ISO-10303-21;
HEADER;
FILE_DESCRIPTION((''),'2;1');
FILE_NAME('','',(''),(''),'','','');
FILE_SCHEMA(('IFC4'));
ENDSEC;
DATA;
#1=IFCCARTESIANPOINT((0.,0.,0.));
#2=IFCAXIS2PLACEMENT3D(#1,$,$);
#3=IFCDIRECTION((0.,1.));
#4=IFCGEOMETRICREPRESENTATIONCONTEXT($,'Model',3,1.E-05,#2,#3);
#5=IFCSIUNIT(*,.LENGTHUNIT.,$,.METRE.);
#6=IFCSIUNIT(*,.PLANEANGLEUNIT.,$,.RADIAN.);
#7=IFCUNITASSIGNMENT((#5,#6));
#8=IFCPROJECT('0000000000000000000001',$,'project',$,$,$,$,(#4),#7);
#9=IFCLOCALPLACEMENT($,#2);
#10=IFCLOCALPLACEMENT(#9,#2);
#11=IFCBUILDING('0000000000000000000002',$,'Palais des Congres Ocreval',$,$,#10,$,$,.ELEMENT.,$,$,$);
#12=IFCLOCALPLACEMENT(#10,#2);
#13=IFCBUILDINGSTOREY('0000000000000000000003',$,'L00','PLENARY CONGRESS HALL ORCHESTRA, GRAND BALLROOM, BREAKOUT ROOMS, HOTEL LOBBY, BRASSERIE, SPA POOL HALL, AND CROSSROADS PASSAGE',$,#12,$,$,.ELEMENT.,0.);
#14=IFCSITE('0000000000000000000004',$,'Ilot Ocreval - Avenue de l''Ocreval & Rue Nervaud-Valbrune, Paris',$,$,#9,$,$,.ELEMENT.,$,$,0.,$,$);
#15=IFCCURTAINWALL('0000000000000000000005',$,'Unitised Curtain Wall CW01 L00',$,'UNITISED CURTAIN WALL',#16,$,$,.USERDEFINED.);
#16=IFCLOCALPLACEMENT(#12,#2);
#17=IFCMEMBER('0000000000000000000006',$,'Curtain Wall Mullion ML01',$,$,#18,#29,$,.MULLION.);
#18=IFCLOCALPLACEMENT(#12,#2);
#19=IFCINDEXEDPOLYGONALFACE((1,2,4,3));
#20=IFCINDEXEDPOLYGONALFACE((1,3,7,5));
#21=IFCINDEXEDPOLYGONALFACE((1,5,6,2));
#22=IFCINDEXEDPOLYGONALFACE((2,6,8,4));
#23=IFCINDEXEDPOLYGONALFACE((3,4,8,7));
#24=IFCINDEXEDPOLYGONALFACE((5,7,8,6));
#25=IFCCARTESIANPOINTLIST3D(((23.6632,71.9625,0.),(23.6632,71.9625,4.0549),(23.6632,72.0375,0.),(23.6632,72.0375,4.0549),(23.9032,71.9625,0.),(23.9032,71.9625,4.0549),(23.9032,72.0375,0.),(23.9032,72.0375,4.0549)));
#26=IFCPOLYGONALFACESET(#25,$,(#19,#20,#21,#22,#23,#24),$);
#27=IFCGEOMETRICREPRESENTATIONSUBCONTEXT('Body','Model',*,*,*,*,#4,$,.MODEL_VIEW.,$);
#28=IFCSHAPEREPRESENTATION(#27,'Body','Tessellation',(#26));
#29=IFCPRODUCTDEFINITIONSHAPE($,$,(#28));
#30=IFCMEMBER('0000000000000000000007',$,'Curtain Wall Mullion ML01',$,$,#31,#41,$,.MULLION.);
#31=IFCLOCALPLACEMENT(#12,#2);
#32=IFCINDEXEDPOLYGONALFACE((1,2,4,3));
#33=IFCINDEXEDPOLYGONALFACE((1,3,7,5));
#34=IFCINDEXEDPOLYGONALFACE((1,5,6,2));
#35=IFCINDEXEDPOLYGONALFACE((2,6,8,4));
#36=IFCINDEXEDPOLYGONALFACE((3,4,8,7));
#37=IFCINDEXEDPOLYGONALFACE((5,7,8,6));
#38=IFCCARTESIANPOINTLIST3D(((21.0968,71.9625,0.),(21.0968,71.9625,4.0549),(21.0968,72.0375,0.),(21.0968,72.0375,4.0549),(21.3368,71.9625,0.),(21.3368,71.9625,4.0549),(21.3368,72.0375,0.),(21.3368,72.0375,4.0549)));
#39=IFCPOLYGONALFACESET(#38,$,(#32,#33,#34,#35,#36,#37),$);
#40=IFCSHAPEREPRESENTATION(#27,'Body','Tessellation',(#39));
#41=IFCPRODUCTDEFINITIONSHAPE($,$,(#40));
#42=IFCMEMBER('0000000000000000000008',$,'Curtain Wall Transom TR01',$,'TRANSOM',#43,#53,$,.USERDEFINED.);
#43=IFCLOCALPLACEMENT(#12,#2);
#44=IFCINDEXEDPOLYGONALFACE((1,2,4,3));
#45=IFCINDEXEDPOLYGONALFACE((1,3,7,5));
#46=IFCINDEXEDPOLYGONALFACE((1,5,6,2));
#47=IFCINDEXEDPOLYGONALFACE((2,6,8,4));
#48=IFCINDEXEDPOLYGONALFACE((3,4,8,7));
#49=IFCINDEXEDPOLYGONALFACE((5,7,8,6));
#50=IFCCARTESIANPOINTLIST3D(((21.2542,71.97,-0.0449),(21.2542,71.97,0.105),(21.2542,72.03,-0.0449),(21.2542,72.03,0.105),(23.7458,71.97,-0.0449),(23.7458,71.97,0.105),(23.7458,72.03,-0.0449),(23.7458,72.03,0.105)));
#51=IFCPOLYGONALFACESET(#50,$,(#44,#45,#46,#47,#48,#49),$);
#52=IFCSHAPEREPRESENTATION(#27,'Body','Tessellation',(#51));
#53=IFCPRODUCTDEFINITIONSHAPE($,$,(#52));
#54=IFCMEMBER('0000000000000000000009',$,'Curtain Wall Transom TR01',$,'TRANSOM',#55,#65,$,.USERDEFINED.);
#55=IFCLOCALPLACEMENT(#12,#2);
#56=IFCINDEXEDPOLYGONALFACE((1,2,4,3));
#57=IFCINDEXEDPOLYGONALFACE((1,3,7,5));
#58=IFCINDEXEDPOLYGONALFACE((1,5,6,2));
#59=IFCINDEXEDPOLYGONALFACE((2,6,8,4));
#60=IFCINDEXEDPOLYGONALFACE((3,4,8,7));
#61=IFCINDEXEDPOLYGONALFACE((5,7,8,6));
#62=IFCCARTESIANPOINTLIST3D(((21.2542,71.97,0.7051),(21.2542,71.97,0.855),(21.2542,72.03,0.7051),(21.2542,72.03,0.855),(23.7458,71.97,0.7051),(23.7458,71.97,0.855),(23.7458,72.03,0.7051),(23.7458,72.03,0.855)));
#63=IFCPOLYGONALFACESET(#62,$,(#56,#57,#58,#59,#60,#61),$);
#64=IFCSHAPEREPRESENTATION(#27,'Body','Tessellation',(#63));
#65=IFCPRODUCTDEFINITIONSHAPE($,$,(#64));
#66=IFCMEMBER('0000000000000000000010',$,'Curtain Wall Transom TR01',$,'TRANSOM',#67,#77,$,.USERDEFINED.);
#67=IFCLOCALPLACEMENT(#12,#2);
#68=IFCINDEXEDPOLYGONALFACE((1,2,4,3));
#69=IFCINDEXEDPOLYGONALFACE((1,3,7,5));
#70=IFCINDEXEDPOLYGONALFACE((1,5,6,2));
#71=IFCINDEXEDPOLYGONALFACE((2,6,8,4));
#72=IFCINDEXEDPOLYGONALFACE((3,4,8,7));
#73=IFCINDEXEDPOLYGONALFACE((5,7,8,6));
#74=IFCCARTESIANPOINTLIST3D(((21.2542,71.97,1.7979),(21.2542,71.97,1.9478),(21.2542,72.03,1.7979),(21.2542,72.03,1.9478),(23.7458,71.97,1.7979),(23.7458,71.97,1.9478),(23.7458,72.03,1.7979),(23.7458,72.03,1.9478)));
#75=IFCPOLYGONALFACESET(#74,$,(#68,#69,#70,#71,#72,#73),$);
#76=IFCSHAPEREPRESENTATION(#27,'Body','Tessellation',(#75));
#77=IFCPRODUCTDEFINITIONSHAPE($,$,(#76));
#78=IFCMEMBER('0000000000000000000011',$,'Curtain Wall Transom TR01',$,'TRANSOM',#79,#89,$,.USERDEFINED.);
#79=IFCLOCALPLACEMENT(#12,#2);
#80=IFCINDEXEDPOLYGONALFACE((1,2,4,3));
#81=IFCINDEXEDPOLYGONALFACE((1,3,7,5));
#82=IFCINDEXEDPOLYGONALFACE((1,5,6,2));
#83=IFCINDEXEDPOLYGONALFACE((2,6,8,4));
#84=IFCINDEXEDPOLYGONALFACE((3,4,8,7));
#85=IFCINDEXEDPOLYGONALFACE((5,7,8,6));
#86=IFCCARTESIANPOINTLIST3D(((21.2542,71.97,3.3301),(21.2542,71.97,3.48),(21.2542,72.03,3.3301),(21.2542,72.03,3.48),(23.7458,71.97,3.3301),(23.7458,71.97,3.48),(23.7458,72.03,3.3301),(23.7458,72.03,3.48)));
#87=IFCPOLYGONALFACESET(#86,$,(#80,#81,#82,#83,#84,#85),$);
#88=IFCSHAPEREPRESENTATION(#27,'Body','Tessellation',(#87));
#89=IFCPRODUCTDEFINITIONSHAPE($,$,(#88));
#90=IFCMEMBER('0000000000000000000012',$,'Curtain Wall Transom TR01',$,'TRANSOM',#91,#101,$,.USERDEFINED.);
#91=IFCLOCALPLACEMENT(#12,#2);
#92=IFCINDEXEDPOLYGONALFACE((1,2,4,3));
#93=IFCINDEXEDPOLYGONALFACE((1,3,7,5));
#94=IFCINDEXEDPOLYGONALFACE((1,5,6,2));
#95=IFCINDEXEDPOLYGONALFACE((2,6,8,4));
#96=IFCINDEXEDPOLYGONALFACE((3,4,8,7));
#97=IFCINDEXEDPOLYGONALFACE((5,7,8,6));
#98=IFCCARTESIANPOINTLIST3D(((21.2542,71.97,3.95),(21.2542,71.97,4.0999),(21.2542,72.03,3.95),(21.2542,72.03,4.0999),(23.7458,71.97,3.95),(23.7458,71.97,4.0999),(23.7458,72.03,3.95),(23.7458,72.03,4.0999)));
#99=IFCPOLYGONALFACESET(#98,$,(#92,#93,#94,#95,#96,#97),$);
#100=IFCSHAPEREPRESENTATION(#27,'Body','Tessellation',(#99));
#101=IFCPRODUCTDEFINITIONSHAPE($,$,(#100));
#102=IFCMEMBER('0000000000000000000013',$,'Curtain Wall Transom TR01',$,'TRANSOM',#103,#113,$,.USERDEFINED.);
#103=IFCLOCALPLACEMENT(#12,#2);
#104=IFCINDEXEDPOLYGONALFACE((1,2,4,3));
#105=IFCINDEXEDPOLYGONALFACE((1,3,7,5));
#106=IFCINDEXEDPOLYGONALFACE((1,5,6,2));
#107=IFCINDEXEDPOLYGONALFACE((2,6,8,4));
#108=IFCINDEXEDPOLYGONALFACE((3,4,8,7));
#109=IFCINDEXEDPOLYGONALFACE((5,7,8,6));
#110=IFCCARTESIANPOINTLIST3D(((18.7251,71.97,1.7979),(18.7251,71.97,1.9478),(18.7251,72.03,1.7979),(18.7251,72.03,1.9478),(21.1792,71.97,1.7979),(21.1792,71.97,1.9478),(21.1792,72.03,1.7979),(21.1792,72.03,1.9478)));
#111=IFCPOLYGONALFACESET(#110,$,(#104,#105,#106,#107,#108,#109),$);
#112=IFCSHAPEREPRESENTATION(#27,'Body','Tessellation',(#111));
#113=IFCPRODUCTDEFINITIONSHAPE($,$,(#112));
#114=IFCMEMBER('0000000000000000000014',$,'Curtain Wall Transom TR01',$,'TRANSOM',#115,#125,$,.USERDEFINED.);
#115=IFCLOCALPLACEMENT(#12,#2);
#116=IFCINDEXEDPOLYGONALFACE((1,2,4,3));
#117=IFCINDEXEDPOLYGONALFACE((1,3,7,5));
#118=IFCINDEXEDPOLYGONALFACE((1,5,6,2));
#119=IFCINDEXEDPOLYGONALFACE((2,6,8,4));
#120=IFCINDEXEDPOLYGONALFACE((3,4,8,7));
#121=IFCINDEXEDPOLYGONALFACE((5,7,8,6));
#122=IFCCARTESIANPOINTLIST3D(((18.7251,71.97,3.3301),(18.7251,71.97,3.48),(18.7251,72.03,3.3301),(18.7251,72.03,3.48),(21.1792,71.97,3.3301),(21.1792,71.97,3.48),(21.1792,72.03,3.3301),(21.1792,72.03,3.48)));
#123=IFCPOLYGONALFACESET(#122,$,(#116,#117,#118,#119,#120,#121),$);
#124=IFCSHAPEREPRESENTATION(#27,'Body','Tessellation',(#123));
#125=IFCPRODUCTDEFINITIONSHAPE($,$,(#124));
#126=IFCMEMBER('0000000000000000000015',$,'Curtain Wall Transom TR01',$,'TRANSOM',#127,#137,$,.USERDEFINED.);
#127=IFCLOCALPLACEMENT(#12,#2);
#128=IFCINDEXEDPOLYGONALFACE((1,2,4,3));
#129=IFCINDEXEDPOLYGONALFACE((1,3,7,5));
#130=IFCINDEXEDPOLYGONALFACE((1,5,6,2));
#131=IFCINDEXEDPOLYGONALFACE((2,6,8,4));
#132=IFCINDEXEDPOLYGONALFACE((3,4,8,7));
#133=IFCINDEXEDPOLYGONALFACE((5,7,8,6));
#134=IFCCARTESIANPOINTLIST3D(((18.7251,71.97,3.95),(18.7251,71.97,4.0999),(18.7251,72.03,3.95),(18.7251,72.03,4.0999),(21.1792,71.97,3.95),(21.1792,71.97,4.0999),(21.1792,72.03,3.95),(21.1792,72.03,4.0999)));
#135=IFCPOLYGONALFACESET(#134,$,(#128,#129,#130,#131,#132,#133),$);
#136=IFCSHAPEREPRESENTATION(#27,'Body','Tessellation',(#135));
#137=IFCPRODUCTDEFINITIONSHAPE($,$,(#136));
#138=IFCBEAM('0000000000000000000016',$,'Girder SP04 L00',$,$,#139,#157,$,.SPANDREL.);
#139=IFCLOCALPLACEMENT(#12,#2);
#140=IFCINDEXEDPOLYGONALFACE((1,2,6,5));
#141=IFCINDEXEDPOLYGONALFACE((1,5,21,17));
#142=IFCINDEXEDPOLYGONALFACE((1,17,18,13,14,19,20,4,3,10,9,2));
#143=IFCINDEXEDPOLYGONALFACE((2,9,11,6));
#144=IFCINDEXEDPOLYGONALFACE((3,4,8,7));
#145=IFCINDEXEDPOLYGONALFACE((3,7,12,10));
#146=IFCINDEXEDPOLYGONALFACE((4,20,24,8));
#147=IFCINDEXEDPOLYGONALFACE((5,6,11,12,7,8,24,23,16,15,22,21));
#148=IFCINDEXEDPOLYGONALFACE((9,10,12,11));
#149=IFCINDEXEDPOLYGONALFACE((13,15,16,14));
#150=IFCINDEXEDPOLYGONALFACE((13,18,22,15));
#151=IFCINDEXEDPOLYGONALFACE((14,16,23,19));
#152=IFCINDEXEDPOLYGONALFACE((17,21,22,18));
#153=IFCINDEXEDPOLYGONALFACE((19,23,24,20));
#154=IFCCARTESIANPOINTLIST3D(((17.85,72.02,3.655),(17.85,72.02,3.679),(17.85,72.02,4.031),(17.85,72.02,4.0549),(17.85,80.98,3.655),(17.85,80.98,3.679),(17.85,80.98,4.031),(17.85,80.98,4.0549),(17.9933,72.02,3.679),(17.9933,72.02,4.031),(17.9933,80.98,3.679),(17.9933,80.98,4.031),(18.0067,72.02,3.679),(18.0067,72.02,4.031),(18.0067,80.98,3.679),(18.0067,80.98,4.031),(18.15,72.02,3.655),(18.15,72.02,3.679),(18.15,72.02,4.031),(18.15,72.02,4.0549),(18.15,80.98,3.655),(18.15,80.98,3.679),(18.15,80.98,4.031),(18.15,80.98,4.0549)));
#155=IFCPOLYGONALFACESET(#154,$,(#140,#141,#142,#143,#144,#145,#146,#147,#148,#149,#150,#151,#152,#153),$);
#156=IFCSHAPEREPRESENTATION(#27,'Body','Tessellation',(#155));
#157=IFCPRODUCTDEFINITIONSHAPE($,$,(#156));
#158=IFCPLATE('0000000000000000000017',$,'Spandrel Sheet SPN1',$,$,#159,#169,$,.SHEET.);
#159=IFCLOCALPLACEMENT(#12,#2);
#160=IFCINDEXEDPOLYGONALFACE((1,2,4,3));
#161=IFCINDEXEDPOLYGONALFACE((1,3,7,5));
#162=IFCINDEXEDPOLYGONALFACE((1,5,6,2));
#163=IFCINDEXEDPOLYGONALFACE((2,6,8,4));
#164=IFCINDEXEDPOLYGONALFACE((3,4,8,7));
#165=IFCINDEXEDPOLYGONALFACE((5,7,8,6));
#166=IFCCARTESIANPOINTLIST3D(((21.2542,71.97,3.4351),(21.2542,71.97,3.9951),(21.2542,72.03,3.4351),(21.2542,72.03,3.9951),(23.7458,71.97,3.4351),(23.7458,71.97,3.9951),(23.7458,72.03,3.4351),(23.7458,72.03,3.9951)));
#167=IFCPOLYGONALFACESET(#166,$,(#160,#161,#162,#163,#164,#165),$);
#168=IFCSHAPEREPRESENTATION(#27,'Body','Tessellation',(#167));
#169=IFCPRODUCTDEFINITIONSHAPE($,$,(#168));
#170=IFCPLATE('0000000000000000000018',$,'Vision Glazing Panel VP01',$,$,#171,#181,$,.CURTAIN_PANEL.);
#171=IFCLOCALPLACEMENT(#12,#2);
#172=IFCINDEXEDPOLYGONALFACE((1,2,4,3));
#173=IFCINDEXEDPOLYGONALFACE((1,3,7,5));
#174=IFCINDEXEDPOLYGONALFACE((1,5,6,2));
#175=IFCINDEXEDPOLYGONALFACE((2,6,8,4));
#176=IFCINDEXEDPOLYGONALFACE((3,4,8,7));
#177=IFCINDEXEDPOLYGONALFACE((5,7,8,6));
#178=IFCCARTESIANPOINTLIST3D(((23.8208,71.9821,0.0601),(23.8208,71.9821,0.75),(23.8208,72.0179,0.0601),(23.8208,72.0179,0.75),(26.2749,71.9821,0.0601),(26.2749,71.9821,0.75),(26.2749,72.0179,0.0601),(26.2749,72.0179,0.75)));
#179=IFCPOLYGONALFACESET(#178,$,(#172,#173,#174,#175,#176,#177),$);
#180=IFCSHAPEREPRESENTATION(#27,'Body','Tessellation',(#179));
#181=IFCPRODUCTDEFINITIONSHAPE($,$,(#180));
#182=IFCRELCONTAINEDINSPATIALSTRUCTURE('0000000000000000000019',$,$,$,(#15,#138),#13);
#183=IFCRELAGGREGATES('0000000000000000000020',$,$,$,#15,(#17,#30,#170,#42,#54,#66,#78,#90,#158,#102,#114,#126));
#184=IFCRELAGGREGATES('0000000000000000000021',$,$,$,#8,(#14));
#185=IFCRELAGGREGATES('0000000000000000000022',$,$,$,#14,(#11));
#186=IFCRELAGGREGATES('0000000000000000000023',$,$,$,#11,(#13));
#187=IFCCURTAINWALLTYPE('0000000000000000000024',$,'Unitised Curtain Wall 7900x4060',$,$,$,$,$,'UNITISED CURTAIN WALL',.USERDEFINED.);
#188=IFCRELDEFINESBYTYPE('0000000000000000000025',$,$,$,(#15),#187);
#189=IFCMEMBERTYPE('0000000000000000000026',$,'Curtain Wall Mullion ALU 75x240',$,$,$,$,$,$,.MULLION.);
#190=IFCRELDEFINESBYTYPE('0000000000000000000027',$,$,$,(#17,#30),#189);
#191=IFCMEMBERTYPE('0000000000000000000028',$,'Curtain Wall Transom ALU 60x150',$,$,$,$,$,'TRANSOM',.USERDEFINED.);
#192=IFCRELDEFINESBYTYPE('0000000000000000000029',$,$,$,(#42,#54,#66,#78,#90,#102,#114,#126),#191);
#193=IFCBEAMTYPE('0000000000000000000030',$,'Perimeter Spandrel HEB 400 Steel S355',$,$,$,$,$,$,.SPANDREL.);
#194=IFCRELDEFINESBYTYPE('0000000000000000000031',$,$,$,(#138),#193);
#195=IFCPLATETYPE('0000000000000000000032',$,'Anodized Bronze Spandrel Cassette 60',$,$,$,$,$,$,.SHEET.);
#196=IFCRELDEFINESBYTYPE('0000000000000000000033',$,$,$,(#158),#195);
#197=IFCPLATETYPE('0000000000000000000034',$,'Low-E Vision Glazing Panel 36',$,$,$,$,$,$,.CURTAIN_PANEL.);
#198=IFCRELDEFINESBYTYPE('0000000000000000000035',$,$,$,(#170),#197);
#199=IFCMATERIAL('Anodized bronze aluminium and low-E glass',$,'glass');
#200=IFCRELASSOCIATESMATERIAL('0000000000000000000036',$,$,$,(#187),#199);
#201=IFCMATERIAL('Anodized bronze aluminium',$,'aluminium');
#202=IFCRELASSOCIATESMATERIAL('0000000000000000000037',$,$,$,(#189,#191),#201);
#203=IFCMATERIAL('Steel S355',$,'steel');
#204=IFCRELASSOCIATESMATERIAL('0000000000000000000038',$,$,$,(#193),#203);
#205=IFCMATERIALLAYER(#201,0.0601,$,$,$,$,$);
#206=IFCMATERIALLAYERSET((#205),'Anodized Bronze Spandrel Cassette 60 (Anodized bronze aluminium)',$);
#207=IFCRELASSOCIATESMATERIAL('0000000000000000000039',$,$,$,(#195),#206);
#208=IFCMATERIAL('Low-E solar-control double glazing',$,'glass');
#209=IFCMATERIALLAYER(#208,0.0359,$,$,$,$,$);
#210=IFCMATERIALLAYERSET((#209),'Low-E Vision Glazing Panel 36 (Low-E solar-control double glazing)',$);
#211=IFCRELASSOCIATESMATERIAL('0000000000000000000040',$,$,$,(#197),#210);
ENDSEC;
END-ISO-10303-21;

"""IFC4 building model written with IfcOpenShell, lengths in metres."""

from ifc_helpers import new_model, si_unit, direction, frame, origin, origin_2d, place, context, subcontext, project, spatial, rectangle, i_section, extrude, material, layer, layer_set, material_profile, profile_set, type_object, element, aggregate, save


model = new_model("IFC4")

# Units and contexts
model_context = context("Model", 3, precision=1e-05, world=origin(), true_north=direction((0.0, 1.0)))
body_context = subcontext(model_context, "Body", "Model", "MODEL_VIEW")
ifc_project = project(units=[si_unit("LENGTHUNIT", "METRE"), si_unit("PLANEANGLEUNIT", "RADIAN")], contexts=[model_context])

# Site, building, storey
site_placement = place(None, origin())
site = spatial("IfcSite", under=ifc_project, at=site_placement, Name="Ilot Ocreval - Avenue de l'Ocreval & Rue Nervaud-Valbrune, Paris", CompositionType="ELEMENT", RefElevation=0.0)
building_placement = place(site_placement, origin())
building = spatial("IfcBuilding", under=site, at=building_placement, Name="Palais des Congres Ocreval", CompositionType="ELEMENT")
storey_placement = place(building_placement, origin())
storey = spatial("IfcBuildingStorey", under=building, at=storey_placement, Name="L00", Description="PLENARY CONGRESS HALL ORCHESTRA, GRAND BALLROOM, BREAKOUT ROOMS, HOTEL LOBBY, BRASSERIE, SPA POOL HALL, AND CROSSROADS PASSAGE", CompositionType="ELEMENT", Elevation=0.0)

# Curtain wall, members
ifc_material_1 = material(Name="Anodized bronze aluminium and low-E glass", Category="glass")
curtain_wall_type = type_object("IfcCurtainWallType", Name="Unitised Curtain Wall 7900x4060", ElementType="UNITISED CURTAIN WALL", PredefinedType="USERDEFINED", material=ifc_material_1)
curtain_wall_placement = place(storey_placement, origin())
curtain_wall = element("IfcCurtainWall", 1, at=curtain_wall_placement, inside=storey, type_object=curtain_wall_type, Name="Unitised Curtain Wall CW01 L00", ObjectType="UNITISED CURTAIN WALL", PredefinedType="USERDEFINED")
ifc_material_2 = material(Name="Anodized bronze aluminium", Category="aluminium")
ifc_material_profile_1 = material_profile(ifc_material_2, rectangle(XDim=0.075, YDim=0.24, at=origin_2d()), Name="ALU 75x240")
ifc_profile_set_1 = profile_set([ifc_material_profile_1], Name="Anodized bronze aluminium")
member_type_1 = type_object("IfcMemberType", Name="Curtain Wall Mullion ALU 75x240", PredefinedType="MULLION", material=ifc_profile_set_1)
member_1_placement = place(storey_placement, frame((23.7832, 72.0, 0.0), z_axis=(0.0, 0.0, 1.0), x_axis=(0.0, -1.0, 0.0)))
member_1 = element("IfcMember", 2, at=member_1_placement, type_object=member_type_1, Name="Curtain Wall Mullion ML01", PredefinedType="MULLION", context=body_context, shape_type="SweptSolid", body=[
    extrude(rectangle(XDim=0.075, YDim=0.24, at=origin_2d()), origin(), (0.0, 0.0, 1.0), 4.0549),
])
member_2_placement = place(storey_placement, frame((21.2168, 72.0, 0.0), z_axis=(0.0, 0.0, 1.0), x_axis=(0.0, -1.0, 0.0)))
member_2 = element("IfcMember", 3, at=member_2_placement, type_object=member_type_1, Name="Curtain Wall Mullion ML01", PredefinedType="MULLION", context=body_context, shape_type="SweptSolid", body=[
    extrude(rectangle(XDim=0.075, YDim=0.24, at=origin_2d()), origin(), (0.0, 0.0, 1.0), 4.0549),
])
ifc_material_profile_2 = material_profile(ifc_material_2, rectangle(XDim=0.0601, YDim=0.1499, at=origin_2d()), Name="ALU 60x150")
ifc_profile_set_2 = profile_set([ifc_material_profile_2], Name="Anodized bronze aluminium")
member_type_2 = type_object("IfcMemberType", Name="Curtain Wall Transom ALU 60x150", ElementType="TRANSOM", PredefinedType="USERDEFINED", material=ifc_profile_set_2)
member_3_placement = place(storey_placement, frame((23.7458, 72.0, 0.03), z_axis=(-1.0, 0.0, 0.0), x_axis=(0.0, -1.0, 0.0)))
member_3 = element("IfcMember", 4, at=member_3_placement, type_object=member_type_2, Name="Curtain Wall Transom TR01", ObjectType="TRANSOM", PredefinedType="USERDEFINED", context=body_context, shape_type="SweptSolid", body=[
    extrude(rectangle(XDim=0.0601, YDim=0.1499, at=origin_2d()), origin(), (0.0, 0.0, 1.0), 2.4917),
])
member_4_placement = place(storey_placement, frame((23.7458, 72.0, 0.78), z_axis=(-1.0, 0.0, 0.0), x_axis=(0.0, -1.0, 0.0)))
member_4 = element("IfcMember", 5, at=member_4_placement, type_object=member_type_2, Name="Curtain Wall Transom TR01", ObjectType="TRANSOM", PredefinedType="USERDEFINED", context=body_context, shape_type="SweptSolid", body=[
    extrude(rectangle(XDim=0.0601, YDim=0.1499, at=origin_2d()), origin(), (0.0, 0.0, 1.0), 2.4917),
])
member_5_placement = place(storey_placement, frame((23.7458, 72.0, 1.8728), z_axis=(-1.0, 0.0, 0.0), x_axis=(0.0, -1.0, 0.0)))
member_5 = element("IfcMember", 6, at=member_5_placement, type_object=member_type_2, Name="Curtain Wall Transom TR01", ObjectType="TRANSOM", PredefinedType="USERDEFINED", context=body_context, shape_type="SweptSolid", body=[
    extrude(rectangle(XDim=0.0601, YDim=0.1499, at=origin_2d()), origin(), (0.0, 0.0, 1.0), 2.4917),
])
member_6_placement = place(storey_placement, frame((23.7458, 72.0, 3.405), z_axis=(-1.0, 0.0, 0.0), x_axis=(0.0, -1.0, 0.0)))
member_6 = element("IfcMember", 7, at=member_6_placement, type_object=member_type_2, Name="Curtain Wall Transom TR01", ObjectType="TRANSOM", PredefinedType="USERDEFINED", context=body_context, shape_type="SweptSolid", body=[
    extrude(rectangle(XDim=0.0601, YDim=0.1499, at=origin_2d()), origin(), (0.0, 0.0, 1.0), 2.4917),
])
member_7_placement = place(storey_placement, frame((23.7458, 72.0, 4.0249), z_axis=(-1.0, 0.0, 0.0), x_axis=(0.0, -1.0, 0.0)))
member_7 = element("IfcMember", 8, at=member_7_placement, type_object=member_type_2, Name="Curtain Wall Transom TR01", ObjectType="TRANSOM", PredefinedType="USERDEFINED", context=body_context, shape_type="SweptSolid", body=[
    extrude(rectangle(XDim=0.0601, YDim=0.1499, at=origin_2d()), origin(), (0.0, 0.0, 1.0), 2.4917),
])
member_8_placement = place(storey_placement, frame((21.1792, 72.0, 1.8728), z_axis=(-1.0, 0.0, 0.0), x_axis=(0.0, -1.0, 0.0)))
member_8 = element("IfcMember", 9, at=member_8_placement, type_object=member_type_2, Name="Curtain Wall Transom TR01", ObjectType="TRANSOM", PredefinedType="USERDEFINED", context=body_context, shape_type="SweptSolid", body=[
    extrude(rectangle(XDim=0.0601, YDim=0.1499, at=origin_2d()), origin(), (0.0, 0.0, 1.0), 2.4541),
])
member_9_placement = place(storey_placement, frame((21.1792, 72.0, 3.405), z_axis=(-1.0, 0.0, 0.0), x_axis=(0.0, -1.0, 0.0)))
member_9 = element("IfcMember", 10, at=member_9_placement, type_object=member_type_2, Name="Curtain Wall Transom TR01", ObjectType="TRANSOM", PredefinedType="USERDEFINED", context=body_context, shape_type="SweptSolid", body=[
    extrude(rectangle(XDim=0.0601, YDim=0.1499, at=origin_2d()), origin(), (0.0, 0.0, 1.0), 2.4541),
])
member_10_placement = place(storey_placement, frame((21.1792, 72.0, 4.0249), z_axis=(-1.0, 0.0, 0.0), x_axis=(0.0, -1.0, 0.0)))
member_10 = element("IfcMember", 11, at=member_10_placement, type_object=member_type_2, Name="Curtain Wall Transom TR01", ObjectType="TRANSOM", PredefinedType="USERDEFINED", context=body_context, shape_type="SweptSolid", body=[
    extrude(rectangle(XDim=0.0601, YDim=0.1499, at=origin_2d()), origin(), (0.0, 0.0, 1.0), 2.4541),
])

# Beam
ifc_material_3 = material(Name="Steel S355", Category="steel")
ifc_material_profile_3 = material_profile(ifc_material_3, i_section(OverallWidth=0.3, OverallDepth=0.3999, WebThickness=0.0134, FlangeThickness=0.0239, at=origin_2d()), Name="HEB 400")
ifc_profile_set_3 = profile_set([ifc_material_profile_3], Name="Steel S355")
beam_type = type_object("IfcBeamType", Name="Perimeter Spandrel HEB 400 Steel S355", PredefinedType="SPANDREL", material=ifc_profile_set_3)
beam_placement = place(storey_placement, frame((18.0, 72.02, 3.855), z_axis=(0.0, 1.0, 0.0), x_axis=(-1.0, 0.0, 0.0)))
element("IfcBeam", 12, at=beam_placement, inside=storey, type_object=beam_type, Name="Girder SP04 L00", PredefinedType="SPANDREL", context=body_context, shape_type="SweptSolid", body=[
    extrude(i_section(OverallWidth=0.3, OverallDepth=0.3999, WebThickness=0.0134, FlangeThickness=0.0239, at=origin_2d()), origin(), (0.0, 0.0, 1.0), 8.96),
])

# Plates
ifc_layer_1 = layer(ifc_material_2, 0.0601)
ifc_layer_set_1 = layer_set([ifc_layer_1], Name="Anodized Bronze Spandrel Cassette 60 (Anodized bronze aluminium)")
plate_type_1 = type_object("IfcPlateType", Name="Anodized Bronze Spandrel Cassette 60", PredefinedType="SHEET", material=ifc_layer_set_1)
plate_1_placement = place(storey_placement, frame((22.5, 72.0, 3.4351), z_axis=(0.0, 0.0, 1.0), x_axis=(-1.0, 0.0, 0.0)))
plate_1 = element("IfcPlate", 13, at=plate_1_placement, type_object=plate_type_1, Name="Spandrel Sheet SPN1", PredefinedType="SHEET", context=body_context, shape_type="SweptSolid", body=[
    extrude(rectangle(XDim=2.4917, YDim=0.0601, at=origin_2d()), origin(), (0.0, 0.0, 1.0), 0.5601),
])
ifc_material_4 = material(Name="Low-E solar-control double glazing", Category="glass")
ifc_layer_2 = layer(ifc_material_4, 0.0359)
ifc_layer_set_2 = layer_set([ifc_layer_2], Name="Low-E Vision Glazing Panel 36 (Low-E solar-control double glazing)")
plate_type_2 = type_object("IfcPlateType", Name="Low-E Vision Glazing Panel 36", PredefinedType="CURTAIN_PANEL", material=ifc_layer_set_2)
plate_2_placement = place(storey_placement, frame((25.0479, 72.0, 0.0601), z_axis=(0.0, 0.0, 1.0), x_axis=(-1.0, 0.0, 0.0)))
plate_2 = element("IfcPlate", 14, at=plate_2_placement, type_object=plate_type_2, Name="Vision Glazing Panel VP01", PredefinedType="CURTAIN_PANEL", context=body_context, shape_type="SweptSolid", body=[
    extrude(rectangle(XDim=2.4541, YDim=0.0359, at=origin_2d()), origin(), (0.0, 0.0, 1.0), 0.6899),
])
aggregate(curtain_wall, [member_1, member_2, plate_2, member_3, member_4, member_5, member_6, member_7, plate_1, member_8, member_9, member_10])

save(model, "model.ifc")
